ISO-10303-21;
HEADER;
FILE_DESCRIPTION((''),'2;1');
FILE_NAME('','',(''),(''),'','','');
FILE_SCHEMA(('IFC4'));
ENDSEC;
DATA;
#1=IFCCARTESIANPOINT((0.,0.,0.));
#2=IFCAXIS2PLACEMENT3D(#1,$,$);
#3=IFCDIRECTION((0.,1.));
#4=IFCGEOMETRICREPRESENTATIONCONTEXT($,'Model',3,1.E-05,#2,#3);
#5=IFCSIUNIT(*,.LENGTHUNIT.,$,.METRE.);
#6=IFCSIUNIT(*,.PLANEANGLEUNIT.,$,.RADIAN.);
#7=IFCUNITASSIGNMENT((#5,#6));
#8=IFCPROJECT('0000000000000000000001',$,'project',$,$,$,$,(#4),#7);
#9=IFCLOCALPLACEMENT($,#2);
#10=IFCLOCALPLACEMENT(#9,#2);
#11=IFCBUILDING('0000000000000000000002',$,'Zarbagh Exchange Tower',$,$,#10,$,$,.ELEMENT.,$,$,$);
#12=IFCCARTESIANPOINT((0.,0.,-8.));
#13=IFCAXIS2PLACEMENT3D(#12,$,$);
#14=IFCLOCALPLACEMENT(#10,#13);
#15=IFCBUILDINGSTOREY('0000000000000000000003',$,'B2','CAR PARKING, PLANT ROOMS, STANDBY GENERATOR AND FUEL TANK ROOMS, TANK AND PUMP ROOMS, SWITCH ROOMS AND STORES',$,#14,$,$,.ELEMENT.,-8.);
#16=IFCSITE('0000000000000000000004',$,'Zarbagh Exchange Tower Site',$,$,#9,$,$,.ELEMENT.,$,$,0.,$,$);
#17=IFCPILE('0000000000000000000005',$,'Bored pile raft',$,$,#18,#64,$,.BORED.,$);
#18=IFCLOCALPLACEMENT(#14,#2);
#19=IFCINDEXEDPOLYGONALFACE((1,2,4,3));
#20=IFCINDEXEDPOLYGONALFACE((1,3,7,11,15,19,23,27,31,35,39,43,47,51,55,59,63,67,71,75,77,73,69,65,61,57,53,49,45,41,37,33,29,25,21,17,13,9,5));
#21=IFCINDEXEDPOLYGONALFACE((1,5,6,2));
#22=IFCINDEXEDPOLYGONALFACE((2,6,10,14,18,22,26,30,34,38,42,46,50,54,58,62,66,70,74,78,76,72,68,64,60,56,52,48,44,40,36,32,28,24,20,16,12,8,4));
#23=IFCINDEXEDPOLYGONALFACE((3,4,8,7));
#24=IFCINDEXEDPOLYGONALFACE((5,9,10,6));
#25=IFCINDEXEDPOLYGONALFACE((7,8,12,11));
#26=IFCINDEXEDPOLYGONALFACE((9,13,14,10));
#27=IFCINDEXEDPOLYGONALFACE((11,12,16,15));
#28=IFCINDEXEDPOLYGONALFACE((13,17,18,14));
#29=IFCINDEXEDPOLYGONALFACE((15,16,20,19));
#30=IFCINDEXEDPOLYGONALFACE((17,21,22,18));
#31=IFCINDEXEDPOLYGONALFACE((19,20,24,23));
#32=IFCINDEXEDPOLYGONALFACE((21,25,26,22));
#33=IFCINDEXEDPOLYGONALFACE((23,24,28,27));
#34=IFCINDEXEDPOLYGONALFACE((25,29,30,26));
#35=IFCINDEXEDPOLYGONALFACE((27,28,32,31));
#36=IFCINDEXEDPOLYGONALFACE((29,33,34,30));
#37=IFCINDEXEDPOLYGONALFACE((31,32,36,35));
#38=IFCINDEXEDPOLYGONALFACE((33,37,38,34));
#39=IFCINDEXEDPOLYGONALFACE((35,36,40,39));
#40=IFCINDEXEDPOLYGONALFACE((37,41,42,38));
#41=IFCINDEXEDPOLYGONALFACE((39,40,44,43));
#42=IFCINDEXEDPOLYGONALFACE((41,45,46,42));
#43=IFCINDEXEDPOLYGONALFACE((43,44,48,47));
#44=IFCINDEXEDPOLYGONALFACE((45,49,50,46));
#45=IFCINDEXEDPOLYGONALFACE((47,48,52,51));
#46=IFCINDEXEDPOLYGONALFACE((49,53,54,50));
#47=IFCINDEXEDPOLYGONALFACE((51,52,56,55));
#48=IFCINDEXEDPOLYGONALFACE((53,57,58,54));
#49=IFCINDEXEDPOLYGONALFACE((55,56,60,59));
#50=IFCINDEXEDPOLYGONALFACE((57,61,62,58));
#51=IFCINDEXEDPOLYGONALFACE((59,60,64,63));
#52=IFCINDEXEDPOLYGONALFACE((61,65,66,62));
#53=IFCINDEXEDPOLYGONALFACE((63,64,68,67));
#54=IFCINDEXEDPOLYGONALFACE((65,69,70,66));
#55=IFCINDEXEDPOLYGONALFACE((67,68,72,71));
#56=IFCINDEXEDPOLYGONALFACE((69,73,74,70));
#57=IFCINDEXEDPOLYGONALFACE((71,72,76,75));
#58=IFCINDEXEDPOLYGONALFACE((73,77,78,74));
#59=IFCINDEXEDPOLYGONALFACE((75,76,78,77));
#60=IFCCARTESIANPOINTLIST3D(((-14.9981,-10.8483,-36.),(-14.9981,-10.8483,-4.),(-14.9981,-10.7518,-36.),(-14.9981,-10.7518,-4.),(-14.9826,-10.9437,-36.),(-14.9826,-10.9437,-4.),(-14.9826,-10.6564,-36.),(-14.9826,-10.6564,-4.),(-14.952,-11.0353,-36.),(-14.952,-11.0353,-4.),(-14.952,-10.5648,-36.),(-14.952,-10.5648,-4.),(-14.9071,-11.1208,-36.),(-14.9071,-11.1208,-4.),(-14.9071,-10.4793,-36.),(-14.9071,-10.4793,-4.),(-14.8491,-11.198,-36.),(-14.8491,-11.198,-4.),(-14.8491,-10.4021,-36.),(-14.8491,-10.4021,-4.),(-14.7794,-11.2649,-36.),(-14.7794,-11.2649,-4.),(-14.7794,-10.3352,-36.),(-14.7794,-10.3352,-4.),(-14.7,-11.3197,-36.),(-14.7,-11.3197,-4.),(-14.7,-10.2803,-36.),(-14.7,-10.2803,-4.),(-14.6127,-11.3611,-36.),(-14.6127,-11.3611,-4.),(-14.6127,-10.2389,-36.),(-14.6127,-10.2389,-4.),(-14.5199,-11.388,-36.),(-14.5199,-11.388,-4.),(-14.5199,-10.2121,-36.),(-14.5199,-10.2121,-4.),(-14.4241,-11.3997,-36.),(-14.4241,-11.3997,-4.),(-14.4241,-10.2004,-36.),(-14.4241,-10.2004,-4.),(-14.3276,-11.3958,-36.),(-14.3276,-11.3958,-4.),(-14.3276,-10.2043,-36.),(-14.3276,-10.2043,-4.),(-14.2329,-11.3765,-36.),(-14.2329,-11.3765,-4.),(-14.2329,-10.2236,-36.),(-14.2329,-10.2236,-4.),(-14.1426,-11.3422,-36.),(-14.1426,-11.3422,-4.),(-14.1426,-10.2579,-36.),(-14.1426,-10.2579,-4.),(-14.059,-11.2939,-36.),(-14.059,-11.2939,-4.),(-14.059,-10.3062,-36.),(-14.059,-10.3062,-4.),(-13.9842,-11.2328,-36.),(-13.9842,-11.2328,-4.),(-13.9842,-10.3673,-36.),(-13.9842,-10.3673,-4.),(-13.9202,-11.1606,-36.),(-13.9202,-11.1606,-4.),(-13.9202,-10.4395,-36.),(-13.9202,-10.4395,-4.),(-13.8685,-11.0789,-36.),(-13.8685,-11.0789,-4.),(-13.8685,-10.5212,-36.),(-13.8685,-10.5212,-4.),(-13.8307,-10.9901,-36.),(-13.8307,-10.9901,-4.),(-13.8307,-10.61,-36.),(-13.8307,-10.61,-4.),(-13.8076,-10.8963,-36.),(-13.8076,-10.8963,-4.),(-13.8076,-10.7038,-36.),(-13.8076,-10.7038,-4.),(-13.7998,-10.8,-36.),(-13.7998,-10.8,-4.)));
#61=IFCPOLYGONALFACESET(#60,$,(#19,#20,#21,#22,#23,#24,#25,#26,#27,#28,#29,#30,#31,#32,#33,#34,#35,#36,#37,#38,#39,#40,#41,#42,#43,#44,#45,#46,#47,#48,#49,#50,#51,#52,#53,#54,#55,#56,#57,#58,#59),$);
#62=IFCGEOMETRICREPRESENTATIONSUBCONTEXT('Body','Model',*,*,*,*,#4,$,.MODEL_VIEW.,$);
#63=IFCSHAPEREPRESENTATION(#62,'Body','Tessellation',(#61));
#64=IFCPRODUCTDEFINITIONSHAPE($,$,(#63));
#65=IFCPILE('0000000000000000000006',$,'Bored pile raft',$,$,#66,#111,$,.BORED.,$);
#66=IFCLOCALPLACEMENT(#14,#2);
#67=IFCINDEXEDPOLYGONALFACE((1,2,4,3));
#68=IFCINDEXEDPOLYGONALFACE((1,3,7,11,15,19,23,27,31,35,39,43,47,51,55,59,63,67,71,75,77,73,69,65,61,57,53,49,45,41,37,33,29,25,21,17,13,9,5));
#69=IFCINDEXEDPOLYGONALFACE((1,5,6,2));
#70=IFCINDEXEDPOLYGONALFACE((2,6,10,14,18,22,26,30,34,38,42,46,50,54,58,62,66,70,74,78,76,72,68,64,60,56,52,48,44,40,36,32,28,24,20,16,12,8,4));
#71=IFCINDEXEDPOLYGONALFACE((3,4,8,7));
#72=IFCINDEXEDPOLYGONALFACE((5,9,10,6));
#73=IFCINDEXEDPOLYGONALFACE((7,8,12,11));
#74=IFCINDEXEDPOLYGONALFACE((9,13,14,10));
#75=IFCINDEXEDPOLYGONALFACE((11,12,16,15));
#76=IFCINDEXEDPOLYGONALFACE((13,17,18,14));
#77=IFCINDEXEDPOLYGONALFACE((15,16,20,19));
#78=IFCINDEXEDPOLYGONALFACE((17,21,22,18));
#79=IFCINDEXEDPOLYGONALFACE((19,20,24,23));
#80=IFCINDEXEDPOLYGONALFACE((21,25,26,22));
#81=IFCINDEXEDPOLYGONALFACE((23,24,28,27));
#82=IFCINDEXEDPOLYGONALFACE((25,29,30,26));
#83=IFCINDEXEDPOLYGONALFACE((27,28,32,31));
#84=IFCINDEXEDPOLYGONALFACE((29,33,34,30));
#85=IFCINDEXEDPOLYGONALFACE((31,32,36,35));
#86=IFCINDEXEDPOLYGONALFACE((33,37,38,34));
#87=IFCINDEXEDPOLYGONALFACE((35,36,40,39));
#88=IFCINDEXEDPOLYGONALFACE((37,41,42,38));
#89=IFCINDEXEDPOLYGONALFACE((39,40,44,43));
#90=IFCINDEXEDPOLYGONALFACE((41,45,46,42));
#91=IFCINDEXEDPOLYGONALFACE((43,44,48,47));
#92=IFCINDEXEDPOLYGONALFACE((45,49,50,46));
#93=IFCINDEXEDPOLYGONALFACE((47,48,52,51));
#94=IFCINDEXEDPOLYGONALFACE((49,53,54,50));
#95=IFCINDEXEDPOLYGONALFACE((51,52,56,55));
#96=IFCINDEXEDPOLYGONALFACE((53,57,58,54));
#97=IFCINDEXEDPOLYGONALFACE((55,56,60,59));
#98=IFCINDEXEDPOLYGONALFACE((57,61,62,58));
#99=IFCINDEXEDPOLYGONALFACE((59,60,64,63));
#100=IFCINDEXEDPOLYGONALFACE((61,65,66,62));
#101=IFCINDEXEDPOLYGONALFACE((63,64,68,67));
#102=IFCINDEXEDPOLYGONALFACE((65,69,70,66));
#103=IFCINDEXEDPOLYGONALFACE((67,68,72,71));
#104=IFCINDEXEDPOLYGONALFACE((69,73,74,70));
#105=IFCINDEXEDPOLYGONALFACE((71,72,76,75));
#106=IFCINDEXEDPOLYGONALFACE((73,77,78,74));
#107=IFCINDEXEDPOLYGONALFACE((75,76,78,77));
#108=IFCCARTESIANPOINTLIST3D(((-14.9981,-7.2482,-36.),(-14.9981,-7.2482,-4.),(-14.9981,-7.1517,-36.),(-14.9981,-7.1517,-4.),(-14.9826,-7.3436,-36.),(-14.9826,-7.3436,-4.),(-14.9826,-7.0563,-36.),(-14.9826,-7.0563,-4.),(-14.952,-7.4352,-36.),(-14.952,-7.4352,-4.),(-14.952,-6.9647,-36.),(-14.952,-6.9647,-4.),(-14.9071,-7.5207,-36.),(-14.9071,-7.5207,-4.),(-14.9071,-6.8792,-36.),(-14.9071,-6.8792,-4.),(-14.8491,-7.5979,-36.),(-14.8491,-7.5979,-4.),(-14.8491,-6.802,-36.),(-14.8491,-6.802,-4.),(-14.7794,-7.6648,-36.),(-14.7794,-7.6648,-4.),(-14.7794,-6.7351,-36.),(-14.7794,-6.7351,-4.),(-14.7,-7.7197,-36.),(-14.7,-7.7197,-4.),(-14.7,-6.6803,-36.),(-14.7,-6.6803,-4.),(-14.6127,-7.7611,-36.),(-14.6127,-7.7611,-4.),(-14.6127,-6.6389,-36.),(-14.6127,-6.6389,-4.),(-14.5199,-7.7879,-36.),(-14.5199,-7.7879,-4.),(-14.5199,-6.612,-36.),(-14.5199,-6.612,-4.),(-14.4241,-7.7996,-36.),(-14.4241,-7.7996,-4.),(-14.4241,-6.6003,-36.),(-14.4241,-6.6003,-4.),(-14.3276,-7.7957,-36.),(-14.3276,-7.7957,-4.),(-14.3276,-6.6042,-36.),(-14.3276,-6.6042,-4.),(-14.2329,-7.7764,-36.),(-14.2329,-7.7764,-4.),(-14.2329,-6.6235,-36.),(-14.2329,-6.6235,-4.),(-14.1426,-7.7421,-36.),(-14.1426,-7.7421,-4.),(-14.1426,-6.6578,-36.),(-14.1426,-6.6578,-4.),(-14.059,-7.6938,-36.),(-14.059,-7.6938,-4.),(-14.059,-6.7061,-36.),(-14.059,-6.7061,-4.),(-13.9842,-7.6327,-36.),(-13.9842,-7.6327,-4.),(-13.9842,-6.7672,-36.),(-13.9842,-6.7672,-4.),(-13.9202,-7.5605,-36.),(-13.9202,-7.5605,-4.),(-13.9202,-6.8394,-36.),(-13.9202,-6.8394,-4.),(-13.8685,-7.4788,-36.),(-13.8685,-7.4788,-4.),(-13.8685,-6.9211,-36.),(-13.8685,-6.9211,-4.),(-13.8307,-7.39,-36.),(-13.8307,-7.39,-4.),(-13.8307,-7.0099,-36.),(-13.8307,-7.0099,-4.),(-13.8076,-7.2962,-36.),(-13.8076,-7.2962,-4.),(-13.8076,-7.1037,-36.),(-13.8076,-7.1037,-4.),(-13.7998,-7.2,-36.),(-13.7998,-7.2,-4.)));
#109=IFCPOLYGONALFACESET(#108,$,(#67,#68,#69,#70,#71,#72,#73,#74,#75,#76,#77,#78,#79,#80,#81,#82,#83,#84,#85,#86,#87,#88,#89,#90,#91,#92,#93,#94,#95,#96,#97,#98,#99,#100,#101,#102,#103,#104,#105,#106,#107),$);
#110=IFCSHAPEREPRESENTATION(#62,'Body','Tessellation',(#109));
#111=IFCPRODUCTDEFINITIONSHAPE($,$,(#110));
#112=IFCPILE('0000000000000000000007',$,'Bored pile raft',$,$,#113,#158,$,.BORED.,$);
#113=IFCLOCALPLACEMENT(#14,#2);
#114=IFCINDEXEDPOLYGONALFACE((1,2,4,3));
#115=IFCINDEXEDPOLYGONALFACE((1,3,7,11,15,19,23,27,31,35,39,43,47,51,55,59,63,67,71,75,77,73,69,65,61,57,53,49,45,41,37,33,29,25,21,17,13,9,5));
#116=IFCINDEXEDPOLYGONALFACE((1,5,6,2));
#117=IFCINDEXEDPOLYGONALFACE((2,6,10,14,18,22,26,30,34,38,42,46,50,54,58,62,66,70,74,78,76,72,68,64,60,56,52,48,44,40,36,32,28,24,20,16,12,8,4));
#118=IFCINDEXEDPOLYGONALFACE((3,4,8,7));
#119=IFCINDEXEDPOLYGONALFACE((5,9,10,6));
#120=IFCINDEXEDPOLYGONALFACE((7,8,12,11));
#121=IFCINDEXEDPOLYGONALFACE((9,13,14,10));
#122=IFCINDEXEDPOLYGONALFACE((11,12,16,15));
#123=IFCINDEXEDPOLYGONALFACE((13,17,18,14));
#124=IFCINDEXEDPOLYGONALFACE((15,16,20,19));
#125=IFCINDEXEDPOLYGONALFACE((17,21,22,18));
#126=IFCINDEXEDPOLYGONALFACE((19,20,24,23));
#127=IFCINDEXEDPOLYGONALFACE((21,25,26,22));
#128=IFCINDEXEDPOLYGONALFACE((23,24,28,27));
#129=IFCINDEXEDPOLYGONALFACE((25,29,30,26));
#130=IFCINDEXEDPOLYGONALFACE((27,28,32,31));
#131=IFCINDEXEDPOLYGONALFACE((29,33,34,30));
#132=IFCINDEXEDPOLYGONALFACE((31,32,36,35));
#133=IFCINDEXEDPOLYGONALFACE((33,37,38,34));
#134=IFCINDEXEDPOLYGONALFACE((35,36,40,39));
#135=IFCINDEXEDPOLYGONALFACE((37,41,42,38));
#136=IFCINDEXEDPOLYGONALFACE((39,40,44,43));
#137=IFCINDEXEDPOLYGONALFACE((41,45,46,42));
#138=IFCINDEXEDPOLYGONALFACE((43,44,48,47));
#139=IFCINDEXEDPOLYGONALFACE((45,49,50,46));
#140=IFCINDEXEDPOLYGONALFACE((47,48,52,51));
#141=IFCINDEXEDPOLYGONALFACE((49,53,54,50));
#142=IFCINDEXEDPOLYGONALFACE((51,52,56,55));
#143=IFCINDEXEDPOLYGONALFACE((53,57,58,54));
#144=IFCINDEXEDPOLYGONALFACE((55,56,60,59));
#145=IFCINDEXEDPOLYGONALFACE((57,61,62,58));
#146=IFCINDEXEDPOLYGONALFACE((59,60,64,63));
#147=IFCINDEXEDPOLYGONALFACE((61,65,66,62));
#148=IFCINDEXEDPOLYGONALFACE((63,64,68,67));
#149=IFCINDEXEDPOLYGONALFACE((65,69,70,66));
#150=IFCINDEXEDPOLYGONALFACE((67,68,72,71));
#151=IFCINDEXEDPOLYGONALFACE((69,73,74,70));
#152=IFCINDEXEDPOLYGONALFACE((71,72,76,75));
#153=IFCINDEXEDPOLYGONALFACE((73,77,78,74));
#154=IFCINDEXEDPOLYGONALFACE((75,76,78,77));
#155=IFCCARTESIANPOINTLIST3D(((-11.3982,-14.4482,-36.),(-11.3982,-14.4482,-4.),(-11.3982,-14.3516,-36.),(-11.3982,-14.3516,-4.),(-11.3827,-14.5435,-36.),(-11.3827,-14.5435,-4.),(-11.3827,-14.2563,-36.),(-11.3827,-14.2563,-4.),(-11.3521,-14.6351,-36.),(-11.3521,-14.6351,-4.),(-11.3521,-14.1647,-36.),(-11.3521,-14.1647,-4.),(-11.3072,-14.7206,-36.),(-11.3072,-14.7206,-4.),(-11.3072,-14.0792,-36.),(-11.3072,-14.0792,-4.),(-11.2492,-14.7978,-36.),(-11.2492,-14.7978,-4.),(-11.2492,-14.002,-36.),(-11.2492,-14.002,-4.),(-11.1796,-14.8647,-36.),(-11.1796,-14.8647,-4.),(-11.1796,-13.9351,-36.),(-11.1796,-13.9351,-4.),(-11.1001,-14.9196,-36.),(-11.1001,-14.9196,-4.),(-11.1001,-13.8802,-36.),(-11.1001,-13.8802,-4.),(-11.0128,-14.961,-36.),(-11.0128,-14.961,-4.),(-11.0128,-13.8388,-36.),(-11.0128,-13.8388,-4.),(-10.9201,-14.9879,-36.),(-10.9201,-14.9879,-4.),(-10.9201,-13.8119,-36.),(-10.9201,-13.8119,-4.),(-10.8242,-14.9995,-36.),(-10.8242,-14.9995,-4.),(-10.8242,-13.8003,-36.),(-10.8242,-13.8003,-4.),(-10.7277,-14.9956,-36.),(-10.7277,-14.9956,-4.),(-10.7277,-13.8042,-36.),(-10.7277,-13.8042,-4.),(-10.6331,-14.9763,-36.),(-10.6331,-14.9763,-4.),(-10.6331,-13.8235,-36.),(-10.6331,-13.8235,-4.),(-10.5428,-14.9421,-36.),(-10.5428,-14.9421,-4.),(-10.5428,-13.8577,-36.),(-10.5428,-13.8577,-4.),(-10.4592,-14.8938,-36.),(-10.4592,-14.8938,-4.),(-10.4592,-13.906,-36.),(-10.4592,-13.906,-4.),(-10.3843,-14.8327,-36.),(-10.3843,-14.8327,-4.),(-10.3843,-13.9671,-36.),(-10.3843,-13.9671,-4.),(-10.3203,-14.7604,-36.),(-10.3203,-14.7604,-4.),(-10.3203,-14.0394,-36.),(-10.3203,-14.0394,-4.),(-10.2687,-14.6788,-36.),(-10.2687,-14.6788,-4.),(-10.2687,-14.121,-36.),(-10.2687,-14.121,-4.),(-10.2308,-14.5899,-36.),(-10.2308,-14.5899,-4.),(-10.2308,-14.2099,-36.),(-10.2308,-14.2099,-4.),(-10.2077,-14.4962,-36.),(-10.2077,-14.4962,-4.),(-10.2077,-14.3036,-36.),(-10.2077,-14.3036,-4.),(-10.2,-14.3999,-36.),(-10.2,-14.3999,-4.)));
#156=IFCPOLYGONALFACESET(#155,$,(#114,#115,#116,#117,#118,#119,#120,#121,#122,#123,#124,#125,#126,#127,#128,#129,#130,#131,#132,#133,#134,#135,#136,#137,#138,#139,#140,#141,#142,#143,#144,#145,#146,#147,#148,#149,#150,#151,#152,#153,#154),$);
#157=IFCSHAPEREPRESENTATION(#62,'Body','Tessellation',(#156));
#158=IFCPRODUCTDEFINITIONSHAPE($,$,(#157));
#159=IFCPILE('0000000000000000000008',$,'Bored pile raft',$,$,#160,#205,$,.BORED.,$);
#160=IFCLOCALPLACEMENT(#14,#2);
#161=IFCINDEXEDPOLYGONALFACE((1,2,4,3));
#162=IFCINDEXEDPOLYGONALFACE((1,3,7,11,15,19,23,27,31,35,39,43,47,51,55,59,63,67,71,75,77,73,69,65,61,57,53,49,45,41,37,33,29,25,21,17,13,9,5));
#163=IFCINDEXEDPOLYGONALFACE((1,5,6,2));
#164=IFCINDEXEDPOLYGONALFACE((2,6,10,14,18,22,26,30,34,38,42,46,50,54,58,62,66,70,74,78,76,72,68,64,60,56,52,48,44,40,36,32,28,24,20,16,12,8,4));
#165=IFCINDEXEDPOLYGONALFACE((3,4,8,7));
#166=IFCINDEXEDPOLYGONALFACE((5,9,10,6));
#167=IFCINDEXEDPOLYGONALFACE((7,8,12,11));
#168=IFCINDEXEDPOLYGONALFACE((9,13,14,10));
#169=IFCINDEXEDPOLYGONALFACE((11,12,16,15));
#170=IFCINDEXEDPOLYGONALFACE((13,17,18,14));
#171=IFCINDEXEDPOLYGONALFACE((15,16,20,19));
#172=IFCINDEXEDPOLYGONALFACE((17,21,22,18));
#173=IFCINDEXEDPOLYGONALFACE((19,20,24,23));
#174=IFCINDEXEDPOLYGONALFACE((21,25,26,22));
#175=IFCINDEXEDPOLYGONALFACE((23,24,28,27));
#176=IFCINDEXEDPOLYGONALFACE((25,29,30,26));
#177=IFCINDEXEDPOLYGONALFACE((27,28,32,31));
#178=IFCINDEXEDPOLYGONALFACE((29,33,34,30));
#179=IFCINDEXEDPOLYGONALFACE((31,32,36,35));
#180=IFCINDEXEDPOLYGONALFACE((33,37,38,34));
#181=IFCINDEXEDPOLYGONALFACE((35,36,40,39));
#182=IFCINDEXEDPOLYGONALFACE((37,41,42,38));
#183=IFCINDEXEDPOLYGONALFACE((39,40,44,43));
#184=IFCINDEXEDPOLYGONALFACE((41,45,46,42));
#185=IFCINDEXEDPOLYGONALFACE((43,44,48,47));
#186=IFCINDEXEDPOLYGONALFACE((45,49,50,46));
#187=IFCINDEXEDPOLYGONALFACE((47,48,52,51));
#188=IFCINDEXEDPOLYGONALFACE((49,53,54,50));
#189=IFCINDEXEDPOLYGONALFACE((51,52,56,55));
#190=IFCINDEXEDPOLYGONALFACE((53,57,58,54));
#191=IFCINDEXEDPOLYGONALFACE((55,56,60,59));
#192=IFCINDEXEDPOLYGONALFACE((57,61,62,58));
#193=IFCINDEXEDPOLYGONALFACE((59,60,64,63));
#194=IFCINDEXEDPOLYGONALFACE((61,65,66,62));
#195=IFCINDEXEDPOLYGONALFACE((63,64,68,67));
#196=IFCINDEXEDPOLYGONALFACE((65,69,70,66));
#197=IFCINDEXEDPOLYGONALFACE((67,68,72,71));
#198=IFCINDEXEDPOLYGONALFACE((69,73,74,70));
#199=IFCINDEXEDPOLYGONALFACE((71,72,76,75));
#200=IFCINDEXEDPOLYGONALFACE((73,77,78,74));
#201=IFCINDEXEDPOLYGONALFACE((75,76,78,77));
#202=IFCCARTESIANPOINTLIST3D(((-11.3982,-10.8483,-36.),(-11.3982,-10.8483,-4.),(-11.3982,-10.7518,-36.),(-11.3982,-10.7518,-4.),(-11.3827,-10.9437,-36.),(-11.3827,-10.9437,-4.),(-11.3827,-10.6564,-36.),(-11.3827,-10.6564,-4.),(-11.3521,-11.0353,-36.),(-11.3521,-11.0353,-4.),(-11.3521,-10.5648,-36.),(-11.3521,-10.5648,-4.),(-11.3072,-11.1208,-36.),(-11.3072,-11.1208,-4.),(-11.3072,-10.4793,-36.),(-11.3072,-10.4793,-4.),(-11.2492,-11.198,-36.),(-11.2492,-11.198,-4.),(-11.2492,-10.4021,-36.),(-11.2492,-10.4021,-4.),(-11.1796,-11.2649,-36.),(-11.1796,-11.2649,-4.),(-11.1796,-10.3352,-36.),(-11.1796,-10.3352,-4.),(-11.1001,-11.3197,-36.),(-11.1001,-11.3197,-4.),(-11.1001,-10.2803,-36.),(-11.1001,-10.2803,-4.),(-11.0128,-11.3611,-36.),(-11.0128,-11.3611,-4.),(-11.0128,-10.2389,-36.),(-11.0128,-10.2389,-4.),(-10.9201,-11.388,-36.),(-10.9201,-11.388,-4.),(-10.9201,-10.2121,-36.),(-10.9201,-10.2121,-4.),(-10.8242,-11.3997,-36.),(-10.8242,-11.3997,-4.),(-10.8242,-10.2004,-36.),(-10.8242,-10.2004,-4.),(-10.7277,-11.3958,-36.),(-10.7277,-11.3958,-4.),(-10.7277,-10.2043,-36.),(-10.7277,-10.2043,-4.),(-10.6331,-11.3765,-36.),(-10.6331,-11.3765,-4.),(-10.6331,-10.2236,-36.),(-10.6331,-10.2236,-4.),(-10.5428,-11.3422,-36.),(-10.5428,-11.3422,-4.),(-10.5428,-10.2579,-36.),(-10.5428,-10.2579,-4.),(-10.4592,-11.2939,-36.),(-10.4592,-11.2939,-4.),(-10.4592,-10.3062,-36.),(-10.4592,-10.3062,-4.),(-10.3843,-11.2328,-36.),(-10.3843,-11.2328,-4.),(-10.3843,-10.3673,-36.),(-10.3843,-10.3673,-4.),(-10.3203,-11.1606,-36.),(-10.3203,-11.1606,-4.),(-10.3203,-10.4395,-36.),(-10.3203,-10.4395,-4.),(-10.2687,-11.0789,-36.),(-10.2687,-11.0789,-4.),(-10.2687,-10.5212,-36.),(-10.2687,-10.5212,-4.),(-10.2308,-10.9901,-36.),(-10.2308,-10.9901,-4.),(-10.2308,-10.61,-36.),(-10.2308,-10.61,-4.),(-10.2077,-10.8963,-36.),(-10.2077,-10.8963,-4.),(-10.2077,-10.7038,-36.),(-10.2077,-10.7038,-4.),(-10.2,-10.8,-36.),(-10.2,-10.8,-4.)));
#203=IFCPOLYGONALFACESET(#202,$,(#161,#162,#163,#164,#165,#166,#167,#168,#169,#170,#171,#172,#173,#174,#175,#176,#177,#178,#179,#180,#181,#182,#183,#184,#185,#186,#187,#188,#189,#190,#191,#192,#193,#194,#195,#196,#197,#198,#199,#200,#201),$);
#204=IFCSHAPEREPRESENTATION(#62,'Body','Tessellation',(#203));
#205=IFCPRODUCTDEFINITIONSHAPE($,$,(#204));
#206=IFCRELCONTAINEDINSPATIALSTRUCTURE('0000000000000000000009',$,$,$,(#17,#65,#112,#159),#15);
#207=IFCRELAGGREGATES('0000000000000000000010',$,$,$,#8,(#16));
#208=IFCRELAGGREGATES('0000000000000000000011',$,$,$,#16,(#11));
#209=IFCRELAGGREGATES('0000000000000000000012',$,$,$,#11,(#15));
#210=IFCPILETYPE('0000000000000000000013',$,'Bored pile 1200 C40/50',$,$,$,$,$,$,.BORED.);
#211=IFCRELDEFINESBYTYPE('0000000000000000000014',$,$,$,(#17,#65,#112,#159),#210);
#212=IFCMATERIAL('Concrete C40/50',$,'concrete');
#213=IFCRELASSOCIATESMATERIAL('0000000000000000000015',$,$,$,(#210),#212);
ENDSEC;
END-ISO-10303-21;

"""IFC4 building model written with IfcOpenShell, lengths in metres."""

from ifc_helpers import new_model, si_unit, direction, frame, origin, origin_2d, place, context, subcontext, project, spatial, circle, extrude, material, material_profile, profile_set, type_object, element, save


model = new_model("IFC4")

# Units and contexts
model_context = context("Model", 3, precision=1e-05, world=origin(), true_north=direction((0.0, 1.0)))
body_context = subcontext(model_context, "Body", "Model", "MODEL_VIEW")
ifc_project = project(units=[si_unit("LENGTHUNIT", "METRE"), si_unit("PLANEANGLEUNIT", "RADIAN")], contexts=[model_context])

# Site, building, storey
site_placement = place(None, origin())
site = spatial("IfcSite", under=ifc_project, at=site_placement, Name="Zarbagh Exchange Tower Site", CompositionType="ELEMENT", RefElevation=0.0)
building_placement = place(site_placement, origin())
building = spatial("IfcBuilding", under=site, at=building_placement, Name="Zarbagh Exchange Tower", CompositionType="ELEMENT")
storey_placement = place(building_placement, frame((0.0, 0.0, -8.0)))
storey = spatial("IfcBuildingStorey", under=building, at=storey_placement, Name="B2", Description="CAR PARKING, PLANT ROOMS, STANDBY GENERATOR AND FUEL TANK ROOMS, TANK AND PUMP ROOMS, SWITCH ROOMS AND STORES", CompositionType="ELEMENT", Elevation=-8.0)

# Piles
ifc_material_1 = material(Name="Concrete C40/50", Category="concrete")
ifc_material_profile_1 = material_profile(ifc_material_1, circle(Radius=0.6001, at=origin_2d()), Name="Bored pile 1200 C40/50")
ifc_profile_set_1 = profile_set([ifc_material_profile_1], Name="Concrete C40/50")
pile_type = type_object("IfcPileType", Name="Bored pile 1200 C40/50", PredefinedType="BORED", material=ifc_profile_set_1)
for number, where, z_axis, x_axis, name in (
    (1, (-14.3999, -10.8, -4.0), (0.0, 0.0, -1.0), (1.0, 0.0, 0.0), "Bored pile raft"),
    (2, (-14.3999, -7.2, -4.0), (0.0, 0.0, -1.0), (1.0, 0.0, 0.0), "Bored pile raft"),
    (3, (-10.8, -14.3999, -4.0), (0.0, 0.0, -1.0), (1.0, 0.0, 0.0), "Bored pile raft"),
    (4, (-10.8, -10.8, -4.0), (0.0, 0.0, -1.0), (1.0, 0.0, 0.0), "Bored pile raft"),
):
    element("IfcPile", number, at=place(storey_placement, frame(where, z_axis=z_axis, x_axis=x_axis)), inside=storey, type_object=pile_type, Name=name, PredefinedType="BORED", context=body_context, shape_type="SweptSolid", body=[
        extrude(circle(Radius=0.6001, at=origin_2d()), origin(), (0.0, 0.0, 1.0), 32.0),
    ])

save(model, "model.ifc")
